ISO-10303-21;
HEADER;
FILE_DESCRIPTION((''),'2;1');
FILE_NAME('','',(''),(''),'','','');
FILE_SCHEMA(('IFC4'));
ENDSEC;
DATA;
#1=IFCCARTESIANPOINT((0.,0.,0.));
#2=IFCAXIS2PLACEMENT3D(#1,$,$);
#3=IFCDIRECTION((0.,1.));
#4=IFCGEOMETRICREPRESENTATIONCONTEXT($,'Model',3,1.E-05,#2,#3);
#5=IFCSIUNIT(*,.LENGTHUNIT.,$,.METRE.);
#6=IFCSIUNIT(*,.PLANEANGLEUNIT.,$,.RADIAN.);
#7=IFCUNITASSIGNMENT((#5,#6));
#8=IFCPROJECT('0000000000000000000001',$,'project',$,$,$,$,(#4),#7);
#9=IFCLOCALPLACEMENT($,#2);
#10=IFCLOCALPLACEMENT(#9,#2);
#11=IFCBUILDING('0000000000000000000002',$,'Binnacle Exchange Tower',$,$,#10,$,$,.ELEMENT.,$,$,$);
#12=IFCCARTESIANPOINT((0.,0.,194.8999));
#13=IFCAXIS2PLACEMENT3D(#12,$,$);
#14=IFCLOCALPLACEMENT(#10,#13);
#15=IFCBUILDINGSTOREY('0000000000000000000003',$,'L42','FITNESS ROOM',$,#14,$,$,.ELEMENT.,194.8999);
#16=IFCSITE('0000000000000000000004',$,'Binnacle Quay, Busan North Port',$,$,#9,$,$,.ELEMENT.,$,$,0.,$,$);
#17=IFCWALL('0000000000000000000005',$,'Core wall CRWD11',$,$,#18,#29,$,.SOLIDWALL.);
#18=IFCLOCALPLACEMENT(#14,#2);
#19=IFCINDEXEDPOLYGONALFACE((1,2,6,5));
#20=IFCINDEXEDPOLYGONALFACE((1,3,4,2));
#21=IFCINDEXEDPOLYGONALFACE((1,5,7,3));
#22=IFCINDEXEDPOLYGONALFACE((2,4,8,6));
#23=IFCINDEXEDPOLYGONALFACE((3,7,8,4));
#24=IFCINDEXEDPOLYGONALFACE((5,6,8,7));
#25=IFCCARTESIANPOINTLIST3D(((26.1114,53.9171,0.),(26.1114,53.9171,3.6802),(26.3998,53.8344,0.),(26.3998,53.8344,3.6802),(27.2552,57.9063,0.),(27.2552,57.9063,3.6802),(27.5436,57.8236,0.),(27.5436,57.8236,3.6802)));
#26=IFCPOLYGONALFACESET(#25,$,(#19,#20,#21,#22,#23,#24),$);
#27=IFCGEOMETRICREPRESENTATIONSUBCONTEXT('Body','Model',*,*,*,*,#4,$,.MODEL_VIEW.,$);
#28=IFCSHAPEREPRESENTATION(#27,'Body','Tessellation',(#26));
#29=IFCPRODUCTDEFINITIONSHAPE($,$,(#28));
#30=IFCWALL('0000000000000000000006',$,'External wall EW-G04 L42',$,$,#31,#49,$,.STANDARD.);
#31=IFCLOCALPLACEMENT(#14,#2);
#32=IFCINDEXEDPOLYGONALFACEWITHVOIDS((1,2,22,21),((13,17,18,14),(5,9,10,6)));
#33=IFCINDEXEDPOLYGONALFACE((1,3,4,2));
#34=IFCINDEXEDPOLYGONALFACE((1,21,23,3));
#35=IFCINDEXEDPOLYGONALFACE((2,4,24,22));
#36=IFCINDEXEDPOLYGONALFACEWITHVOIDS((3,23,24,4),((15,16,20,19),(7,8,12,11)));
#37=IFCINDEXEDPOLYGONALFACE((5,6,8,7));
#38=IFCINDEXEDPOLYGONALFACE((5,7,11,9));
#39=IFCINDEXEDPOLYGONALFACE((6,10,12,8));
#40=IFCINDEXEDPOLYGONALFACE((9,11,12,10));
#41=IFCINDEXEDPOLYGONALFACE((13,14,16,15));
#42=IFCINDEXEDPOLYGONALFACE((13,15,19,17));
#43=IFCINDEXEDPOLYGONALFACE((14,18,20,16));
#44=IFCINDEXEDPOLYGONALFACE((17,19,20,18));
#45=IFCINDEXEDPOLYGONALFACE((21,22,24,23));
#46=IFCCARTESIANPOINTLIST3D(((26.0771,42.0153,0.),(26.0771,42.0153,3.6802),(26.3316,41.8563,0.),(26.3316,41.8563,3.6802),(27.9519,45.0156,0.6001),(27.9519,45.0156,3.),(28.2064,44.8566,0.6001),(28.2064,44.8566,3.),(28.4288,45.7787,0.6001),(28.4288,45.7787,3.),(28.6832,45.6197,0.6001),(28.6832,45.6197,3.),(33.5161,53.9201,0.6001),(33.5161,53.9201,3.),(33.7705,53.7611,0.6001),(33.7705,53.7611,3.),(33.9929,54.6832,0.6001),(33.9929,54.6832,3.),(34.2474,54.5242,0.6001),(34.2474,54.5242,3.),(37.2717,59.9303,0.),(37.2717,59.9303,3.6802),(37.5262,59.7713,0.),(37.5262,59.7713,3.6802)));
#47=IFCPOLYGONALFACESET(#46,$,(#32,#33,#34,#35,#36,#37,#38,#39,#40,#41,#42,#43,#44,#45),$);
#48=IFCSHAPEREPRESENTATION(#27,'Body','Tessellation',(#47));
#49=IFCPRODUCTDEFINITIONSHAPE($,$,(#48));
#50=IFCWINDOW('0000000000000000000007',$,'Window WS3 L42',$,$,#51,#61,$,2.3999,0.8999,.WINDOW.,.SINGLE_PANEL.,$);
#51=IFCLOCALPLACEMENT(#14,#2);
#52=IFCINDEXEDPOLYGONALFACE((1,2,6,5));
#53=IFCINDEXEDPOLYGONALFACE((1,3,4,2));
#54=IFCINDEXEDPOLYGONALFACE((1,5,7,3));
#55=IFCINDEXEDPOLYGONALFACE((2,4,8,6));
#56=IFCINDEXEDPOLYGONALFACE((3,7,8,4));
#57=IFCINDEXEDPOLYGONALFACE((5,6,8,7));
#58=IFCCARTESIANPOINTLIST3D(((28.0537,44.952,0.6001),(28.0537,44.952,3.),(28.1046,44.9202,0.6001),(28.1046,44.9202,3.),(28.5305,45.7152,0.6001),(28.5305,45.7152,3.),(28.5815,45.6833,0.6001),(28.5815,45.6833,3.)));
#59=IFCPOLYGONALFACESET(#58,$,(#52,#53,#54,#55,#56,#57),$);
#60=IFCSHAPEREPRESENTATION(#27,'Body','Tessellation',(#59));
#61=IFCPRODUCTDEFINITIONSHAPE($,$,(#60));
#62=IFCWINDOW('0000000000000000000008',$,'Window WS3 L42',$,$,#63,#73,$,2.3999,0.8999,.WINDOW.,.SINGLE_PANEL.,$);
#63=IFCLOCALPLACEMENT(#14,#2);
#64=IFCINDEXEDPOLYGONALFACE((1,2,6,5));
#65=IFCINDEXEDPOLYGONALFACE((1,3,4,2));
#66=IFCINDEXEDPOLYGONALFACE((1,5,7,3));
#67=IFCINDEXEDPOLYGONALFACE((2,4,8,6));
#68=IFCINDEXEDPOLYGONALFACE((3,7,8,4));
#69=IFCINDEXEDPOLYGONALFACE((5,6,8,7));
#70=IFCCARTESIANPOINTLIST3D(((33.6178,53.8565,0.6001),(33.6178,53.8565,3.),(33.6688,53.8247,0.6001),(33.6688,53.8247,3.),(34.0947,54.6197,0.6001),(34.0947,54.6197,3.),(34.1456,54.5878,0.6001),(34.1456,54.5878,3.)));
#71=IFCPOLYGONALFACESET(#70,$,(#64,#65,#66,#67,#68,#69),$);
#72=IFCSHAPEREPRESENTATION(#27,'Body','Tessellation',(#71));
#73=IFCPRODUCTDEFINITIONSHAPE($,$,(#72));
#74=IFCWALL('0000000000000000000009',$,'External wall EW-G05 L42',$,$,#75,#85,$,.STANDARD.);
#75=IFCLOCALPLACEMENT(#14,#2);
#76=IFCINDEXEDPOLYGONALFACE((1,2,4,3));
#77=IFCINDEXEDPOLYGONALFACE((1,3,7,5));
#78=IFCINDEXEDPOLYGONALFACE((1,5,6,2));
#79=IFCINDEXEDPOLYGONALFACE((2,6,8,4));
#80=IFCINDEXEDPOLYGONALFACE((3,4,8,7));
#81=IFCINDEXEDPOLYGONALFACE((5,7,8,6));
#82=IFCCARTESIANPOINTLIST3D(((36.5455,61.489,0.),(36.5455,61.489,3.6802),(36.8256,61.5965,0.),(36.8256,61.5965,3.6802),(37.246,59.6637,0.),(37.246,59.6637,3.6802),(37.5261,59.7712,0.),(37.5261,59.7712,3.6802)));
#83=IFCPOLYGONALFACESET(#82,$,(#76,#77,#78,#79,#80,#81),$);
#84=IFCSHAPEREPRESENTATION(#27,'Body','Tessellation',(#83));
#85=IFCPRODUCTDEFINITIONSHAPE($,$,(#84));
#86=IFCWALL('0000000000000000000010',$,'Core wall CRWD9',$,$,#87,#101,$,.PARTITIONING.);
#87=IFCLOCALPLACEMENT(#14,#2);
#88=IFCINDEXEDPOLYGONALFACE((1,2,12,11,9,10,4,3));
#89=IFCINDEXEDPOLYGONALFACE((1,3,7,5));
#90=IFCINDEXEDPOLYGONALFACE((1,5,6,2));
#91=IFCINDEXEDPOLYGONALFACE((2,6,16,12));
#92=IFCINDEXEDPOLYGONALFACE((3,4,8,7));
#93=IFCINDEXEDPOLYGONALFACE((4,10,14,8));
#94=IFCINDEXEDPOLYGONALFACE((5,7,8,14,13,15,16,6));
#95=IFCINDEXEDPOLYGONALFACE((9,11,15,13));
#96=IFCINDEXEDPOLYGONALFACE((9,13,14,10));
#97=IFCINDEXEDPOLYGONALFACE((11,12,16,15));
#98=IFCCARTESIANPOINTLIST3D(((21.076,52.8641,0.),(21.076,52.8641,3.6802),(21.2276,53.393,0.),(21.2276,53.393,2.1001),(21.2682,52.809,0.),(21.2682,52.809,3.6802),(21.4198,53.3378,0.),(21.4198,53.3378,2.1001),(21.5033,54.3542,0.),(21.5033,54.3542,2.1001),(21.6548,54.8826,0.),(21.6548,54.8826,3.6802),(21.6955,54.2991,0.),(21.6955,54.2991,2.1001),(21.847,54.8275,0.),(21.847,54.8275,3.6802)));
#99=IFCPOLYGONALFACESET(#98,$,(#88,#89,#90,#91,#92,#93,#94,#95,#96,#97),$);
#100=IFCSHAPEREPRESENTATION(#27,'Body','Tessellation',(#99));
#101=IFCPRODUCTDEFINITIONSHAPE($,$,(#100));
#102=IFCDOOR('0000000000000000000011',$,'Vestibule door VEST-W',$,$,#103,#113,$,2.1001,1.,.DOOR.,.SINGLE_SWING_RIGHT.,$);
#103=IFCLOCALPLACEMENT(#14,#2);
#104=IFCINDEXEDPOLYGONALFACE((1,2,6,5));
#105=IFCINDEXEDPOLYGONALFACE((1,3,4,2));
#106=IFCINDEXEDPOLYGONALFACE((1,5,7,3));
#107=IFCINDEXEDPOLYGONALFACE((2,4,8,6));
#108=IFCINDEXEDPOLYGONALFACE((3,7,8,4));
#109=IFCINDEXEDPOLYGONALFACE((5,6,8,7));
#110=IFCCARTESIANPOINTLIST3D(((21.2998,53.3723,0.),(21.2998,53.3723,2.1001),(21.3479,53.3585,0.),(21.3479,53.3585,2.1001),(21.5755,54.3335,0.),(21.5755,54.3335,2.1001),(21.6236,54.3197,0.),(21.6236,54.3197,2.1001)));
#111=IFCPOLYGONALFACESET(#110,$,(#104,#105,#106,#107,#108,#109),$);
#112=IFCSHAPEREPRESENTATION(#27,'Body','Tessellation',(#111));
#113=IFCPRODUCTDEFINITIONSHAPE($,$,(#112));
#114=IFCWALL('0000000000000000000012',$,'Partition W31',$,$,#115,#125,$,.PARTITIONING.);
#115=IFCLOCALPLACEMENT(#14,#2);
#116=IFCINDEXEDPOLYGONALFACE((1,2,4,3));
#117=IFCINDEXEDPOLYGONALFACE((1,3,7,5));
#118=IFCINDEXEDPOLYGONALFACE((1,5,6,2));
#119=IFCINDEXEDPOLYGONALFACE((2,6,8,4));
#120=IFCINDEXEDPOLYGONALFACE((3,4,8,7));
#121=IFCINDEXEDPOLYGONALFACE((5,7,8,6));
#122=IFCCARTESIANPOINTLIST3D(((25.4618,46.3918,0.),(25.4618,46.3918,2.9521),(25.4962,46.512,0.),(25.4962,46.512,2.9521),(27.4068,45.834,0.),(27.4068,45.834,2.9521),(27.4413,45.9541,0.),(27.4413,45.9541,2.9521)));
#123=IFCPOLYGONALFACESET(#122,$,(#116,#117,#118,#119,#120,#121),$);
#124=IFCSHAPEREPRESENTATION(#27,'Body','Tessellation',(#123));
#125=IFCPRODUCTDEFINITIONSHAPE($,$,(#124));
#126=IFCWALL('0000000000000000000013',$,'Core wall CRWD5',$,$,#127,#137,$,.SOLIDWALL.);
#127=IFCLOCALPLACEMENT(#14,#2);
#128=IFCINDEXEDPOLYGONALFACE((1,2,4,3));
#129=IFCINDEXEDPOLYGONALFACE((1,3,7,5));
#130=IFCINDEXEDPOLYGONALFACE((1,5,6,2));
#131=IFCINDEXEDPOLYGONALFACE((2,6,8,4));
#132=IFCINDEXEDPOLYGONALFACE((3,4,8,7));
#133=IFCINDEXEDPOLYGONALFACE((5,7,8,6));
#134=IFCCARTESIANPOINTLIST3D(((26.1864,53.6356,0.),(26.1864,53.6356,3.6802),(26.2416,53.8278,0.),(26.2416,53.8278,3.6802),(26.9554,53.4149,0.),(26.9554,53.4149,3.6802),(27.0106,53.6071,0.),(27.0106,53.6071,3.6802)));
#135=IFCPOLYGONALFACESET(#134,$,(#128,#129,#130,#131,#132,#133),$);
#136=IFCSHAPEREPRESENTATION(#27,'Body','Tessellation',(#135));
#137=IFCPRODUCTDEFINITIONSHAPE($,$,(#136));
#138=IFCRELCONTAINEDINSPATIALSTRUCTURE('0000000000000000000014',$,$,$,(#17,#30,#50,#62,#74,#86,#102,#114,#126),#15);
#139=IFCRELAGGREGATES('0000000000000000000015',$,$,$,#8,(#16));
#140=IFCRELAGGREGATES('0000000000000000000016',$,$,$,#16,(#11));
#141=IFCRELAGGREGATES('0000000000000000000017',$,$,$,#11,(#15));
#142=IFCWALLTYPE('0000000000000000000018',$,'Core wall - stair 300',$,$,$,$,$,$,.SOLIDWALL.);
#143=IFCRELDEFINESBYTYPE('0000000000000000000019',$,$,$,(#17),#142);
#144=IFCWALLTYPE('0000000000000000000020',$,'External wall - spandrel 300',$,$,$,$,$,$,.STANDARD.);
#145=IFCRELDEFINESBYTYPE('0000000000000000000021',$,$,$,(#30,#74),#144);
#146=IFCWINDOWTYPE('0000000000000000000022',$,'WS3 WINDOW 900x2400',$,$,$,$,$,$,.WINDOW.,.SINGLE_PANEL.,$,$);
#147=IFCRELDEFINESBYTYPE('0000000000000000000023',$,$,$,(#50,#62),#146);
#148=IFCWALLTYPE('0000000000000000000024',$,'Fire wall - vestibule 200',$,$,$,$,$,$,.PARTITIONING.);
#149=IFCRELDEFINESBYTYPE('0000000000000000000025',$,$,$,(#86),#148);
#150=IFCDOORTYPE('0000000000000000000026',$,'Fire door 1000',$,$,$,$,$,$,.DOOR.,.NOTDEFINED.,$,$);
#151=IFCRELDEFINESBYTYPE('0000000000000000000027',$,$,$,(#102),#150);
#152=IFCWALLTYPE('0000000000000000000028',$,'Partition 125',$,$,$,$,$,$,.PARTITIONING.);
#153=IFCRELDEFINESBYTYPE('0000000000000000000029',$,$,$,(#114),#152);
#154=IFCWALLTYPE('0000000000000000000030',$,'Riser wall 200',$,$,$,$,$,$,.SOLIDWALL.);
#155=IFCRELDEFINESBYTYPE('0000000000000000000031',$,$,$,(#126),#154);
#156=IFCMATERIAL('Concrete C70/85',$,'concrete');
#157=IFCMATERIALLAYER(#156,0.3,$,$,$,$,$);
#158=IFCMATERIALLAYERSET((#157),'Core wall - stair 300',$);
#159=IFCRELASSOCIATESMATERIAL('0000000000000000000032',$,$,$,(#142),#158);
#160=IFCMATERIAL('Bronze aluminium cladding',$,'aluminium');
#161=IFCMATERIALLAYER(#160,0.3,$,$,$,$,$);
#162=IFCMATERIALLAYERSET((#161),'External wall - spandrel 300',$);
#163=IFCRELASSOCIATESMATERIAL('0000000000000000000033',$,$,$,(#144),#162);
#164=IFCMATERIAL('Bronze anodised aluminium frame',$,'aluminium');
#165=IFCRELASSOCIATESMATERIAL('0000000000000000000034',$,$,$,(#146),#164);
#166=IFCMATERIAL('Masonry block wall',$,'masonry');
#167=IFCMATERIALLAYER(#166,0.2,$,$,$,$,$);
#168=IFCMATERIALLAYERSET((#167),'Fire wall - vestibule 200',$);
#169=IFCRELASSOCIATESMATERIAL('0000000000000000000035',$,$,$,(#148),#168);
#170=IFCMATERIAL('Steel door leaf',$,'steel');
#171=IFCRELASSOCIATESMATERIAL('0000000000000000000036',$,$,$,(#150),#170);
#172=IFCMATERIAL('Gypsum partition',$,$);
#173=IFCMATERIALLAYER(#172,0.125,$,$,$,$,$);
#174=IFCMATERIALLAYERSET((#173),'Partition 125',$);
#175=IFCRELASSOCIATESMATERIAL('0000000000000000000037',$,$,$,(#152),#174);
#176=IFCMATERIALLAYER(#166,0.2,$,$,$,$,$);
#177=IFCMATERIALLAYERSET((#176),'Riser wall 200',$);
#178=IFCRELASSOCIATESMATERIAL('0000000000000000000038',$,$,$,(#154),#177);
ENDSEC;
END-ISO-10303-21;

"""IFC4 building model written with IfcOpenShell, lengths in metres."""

from ifc_helpers import new_model, si_unit, direction, frame, frame_2d, origin, place, context, subcontext, project, spatial, rectangle, extrude, material, layer, layer_set, type_object, element, fill, save


model = new_model("IFC4")

# Units and contexts
model_context = context("Model", 3, precision=1e-05, world=origin(), true_north=direction((0.0, 1.0)))
body_context = subcontext(model_context, "Body", "Model", "MODEL_VIEW")
ifc_project = project(units=[si_unit("LENGTHUNIT", "METRE"), si_unit("PLANEANGLEUNIT", "RADIAN")], contexts=[model_context])

# Site, building, storey
site_placement = place(None, origin())
site = spatial("IfcSite", under=ifc_project, at=site_placement, Name="Binnacle Quay, Busan North Port", CompositionType="ELEMENT", RefElevation=0.0)
building_placement = place(site_placement, origin())
building = spatial("IfcBuilding", under=site, at=building_placement, Name="Binnacle Exchange Tower", CompositionType="ELEMENT")
storey_placement = place(building_placement, frame((0.0, 0.0, 194.8999)))
storey = spatial("IfcBuildingStorey", under=building, at=storey_placement, Name="L42", Description="FITNESS ROOM", CompositionType="ELEMENT", Elevation=194.8999)

# Shared definitions
ifc_material_1 = material(Name="Concrete C70/85", Category="concrete")

# Shared definitions
ifc_material_2 = material(Name="Steel door leaf", Category="steel")

# Wall
ifc_layer_1 = layer(ifc_material_1, 0.3)
ifc_layer_set_1 = layer_set([ifc_layer_1], Name="Core wall - stair 300")
wall_type_1 = type_object("IfcWallType", Name="Core wall - stair 300", PredefinedType="SOLIDWALL", material=ifc_layer_set_1)
wall_1_placement = place(storey_placement, frame((26.2556, 53.8757, 0.0), z_axis=(0.0, 0.0, 1.0), x_axis=(0.275615, 0.961268, 0.0)))
element("IfcWall", 1, at=wall_1_placement, inside=storey, type_object=wall_type_1, Name="Core wall CRWD11", PredefinedType="SOLIDWALL", context=body_context, shape_type="SweptSolid", body=[
    extrude(rectangle(XDim=4.1499, YDim=0.3, at=frame_2d((2.075, 0.0))), origin(), (0.0, 0.0, 1.0), 3.6802),
])

# Wall, openings, windows
ifc_material_3 = material(Name="Bronze aluminium cladding", Category="aluminium")
ifc_layer_2 = layer(ifc_material_3, 0.3)
ifc_layer_set_2 = layer_set([ifc_layer_2], Name="External wall - spandrel 300")
wall_type_2 = type_object("IfcWallType", Name="External wall - spandrel 300", PredefinedType="STANDARD", material=ifc_layer_set_2)
wall_2_placement = place(storey_placement, frame((37.3989, 59.8508, 0.0), z_axis=(0.0, 0.0, 1.0), x_axis=(-0.52992, -0.848048, 0.0)))
wall_2 = element("IfcWall", 2, at=wall_2_placement, inside=storey, type_object=wall_type_2, Name="External wall EW-G04 L42", PredefinedType="STANDARD", context=body_context, shape_type="SweptSolid", body=[
    extrude(rectangle(XDim=21.125, YDim=0.3, at=frame_2d((10.5625, 0.0))), origin(), (0.0, 0.0, 1.0), 3.6802),
])
opening_1_placement = place(wall_2_placement, frame((16.6873, 0.0, 0.6001)))
opening_1 = element("IfcOpeningElement", 3, at=opening_1_placement, cuts=wall_2, PredefinedType="OPENING", context=body_context, shape_type="SweptSolid", body=[
    extrude(rectangle(XDim=0.8999, YDim=2.3999, at=frame_2d((0.45, 1.2))), frame((0.0, 0.1599, 0.0), z_axis=(0.0, -1.0, 0.0), x_axis=(1.0, 0.0, 0.0)), (0.0, 0.0, 1.0), 0.3201),
])
opening_2_placement = place(wall_2_placement, frame((6.1873, 0.0, 0.6001)))
opening_2 = element("IfcOpeningElement", 4, at=opening_2_placement, cuts=wall_2, PredefinedType="OPENING", context=body_context, shape_type="SweptSolid", body=[
    extrude(rectangle(XDim=0.8999, YDim=2.3999, at=frame_2d((0.45, 1.2))), frame((0.0, 0.1599, 0.0), z_axis=(0.0, -1.0, 0.0), x_axis=(1.0, 0.0, 0.0)), (0.0, 0.0, 1.0), 0.3201),
])
ifc_material_4 = material(Name="Bronze anodised aluminium frame", Category="aluminium")
window_type = type_object("IfcWindowType", Name="WS3 WINDOW 900x2400", PartitioningType="SINGLE_PANEL", PredefinedType="WINDOW", material=ifc_material_4)
window_1_placement = place(opening_1_placement, origin())
window_1 = element("IfcWindow", 5, at=window_1_placement, inside=storey, type_object=window_type, Name="Window WS3 L42", OverallHeight=2.3999, OverallWidth=0.8999, PartitioningType="SINGLE_PANEL", PredefinedType="WINDOW", context=body_context, shape_type="SweptSolid", body=[
    extrude(rectangle(XDim=0.8999, YDim=2.3999, at=frame_2d((0.45, 1.2))), frame((0.0, 0.03, 0.0), z_axis=(0.0, -1.0, 0.0), x_axis=(1.0, 0.0, 0.0)), (0.0, 0.0, 1.0), 0.0601),
])
fill(opening_1, window_1)
window_2_placement = place(opening_2_placement, origin())
window_2 = element("IfcWindow", 6, at=window_2_placement, inside=storey, type_object=window_type, Name="Window WS3 L42", OverallHeight=2.3999, OverallWidth=0.8999, PartitioningType="SINGLE_PANEL", PredefinedType="WINDOW", context=body_context, shape_type="SweptSolid", body=[
    extrude(rectangle(XDim=0.8999, YDim=2.3999, at=frame_2d((0.45, 1.2))), frame((0.0, 0.03, 0.0), z_axis=(0.0, -1.0, 0.0), x_axis=(1.0, 0.0, 0.0)), (0.0, 0.0, 1.0), 0.0601),
])
fill(opening_2, window_2)

# Wall
wall_3_placement = place(storey_placement, frame((36.6855, 61.5427, 0.0), z_axis=(0.0, 0.0, 1.0), x_axis=(0.358284, -0.933612, 0.0)))
element("IfcWall", 7, at=wall_3_placement, inside=storey, type_object=wall_type_2, Name="External wall EW-G05 L42", PredefinedType="STANDARD", context=body_context, shape_type="SweptSolid", body=[
    extrude(rectangle(XDim=1.9551, YDim=0.3, at=frame_2d((0.9775, 0.0))), origin(), (0.0, 0.0, 1.0), 3.6802),
])

# Wall, opening, door
ifc_material_5 = material(Name="Masonry block wall", Category="masonry")
ifc_layer_3 = layer(ifc_material_5, 0.2)
ifc_layer_set_3 = layer_set([ifc_layer_3], Name="Fire wall - vestibule 200")
wall_type_3 = type_object("IfcWallType", Name="Fire wall - vestibule 200", PredefinedType="PARTITIONING", material=ifc_layer_set_3)
wall_4_placement = place(storey_placement, frame((21.1721, 52.8367, 0.0), z_axis=(0.0, 0.0, 1.0), x_axis=(0.275658, 0.961256, 0.0)))
wall_4 = element("IfcWall", 8, at=wall_4_placement, inside=storey, type_object=wall_type_3, Name="Core wall CRWD9", PredefinedType="PARTITIONING", context=body_context, shape_type="SweptSolid", body=[
    extrude(rectangle(XDim=2.0999, YDim=0.2, at=frame_2d((1.0498, 0.0))), origin(), (0.0, 0.0, 1.0), 3.6802),
])
opening_3_placement = place(wall_4_placement, frame((0.55, 0.0, 0.0)))
opening_3 = element("IfcOpeningElement", 9, at=opening_3_placement, cuts=wall_4, PredefinedType="OPENING", context=body_context, shape_type="SweptSolid", body=[
    extrude(rectangle(XDim=1.0, YDim=2.1001, at=frame_2d((0.5, 1.05))), frame((0.0, 0.1099, 0.0), z_axis=(0.0, -1.0, 0.0), x_axis=(1.0, 0.0, 0.0)), (0.0, 0.0, 1.0), 0.22),
])
door_type_1 = type_object("IfcDoorType", Name="Fire door 1000", OperationType="NOTDEFINED", PredefinedType="DOOR", material=ifc_material_2)
door_1_placement = place(opening_3_placement, origin())
door_1 = element("IfcDoor", 10, at=door_1_placement, inside=storey, type_object=door_type_1, Name="Vestibule door VEST-W", OperationType="SINGLE_SWING_RIGHT", OverallHeight=2.1001, OverallWidth=1.0, PredefinedType="DOOR", context=body_context, shape_type="SweptSolid", body=[
    extrude(rectangle(XDim=1.0, YDim=2.1001, at=frame_2d((0.5, 1.05))), frame((0.0, 0.0249, 0.0), z_axis=(0.0, -1.0, 0.0), x_axis=(1.0, 0.0, 0.0)), (0.0, 0.0, 1.0), 0.05),
])
fill(opening_3, door_1)

# Walls
ifc_material_6 = material(Name="Gypsum partition")
ifc_layer_4 = layer(ifc_material_6, 0.125)
ifc_layer_set_4 = layer_set([ifc_layer_4], Name="Partition 125")
wall_type_4 = type_object("IfcWallType", Name="Partition 125", PredefinedType="PARTITIONING", material=ifc_layer_set_4)
wall_5_placement = place(storey_placement, frame((25.479, 46.4519, 0.0), z_axis=(0.0, 0.0, 1.0), x_axis=(0.961246, -0.275693, 0.0)))
element("IfcWall", 11, at=wall_5_placement, inside=storey, type_object=wall_type_4, Name="Partition W31", PredefinedType="PARTITIONING", context=body_context, shape_type="SweptSolid", body=[
    extrude(rectangle(XDim=2.0234, YDim=0.125, at=frame_2d((1.0117, 0.0))), origin(), (0.0, 0.0, 1.0), 2.9521),
])
ifc_layer_5 = layer(ifc_material_5, 0.2)
ifc_layer_set_5 = layer_set([ifc_layer_5], Name="Riser wall 200")
wall_type_5 = type_object("IfcWallType", Name="Riser wall 200", PredefinedType="SOLIDWALL", material=ifc_layer_set_5)
wall_6_placement = place(storey_placement, frame((26.2141, 53.7317, 0.0), z_axis=(0.0, 0.0, 1.0), x_axis=(0.961201, -0.275849, 0.0)))
element("IfcWall", 12, at=wall_6_placement, inside=storey, type_object=wall_type_5, Name="Core wall CRWD5", PredefinedType="SOLIDWALL", context=body_context, shape_type="SweptSolid", body=[
    extrude(rectangle(XDim=0.8, YDim=0.2, at=frame_2d((0.3999, 0.0))), origin(), (0.0, 0.0, 1.0), 3.6802),
])

save(model, "model.ifc")
